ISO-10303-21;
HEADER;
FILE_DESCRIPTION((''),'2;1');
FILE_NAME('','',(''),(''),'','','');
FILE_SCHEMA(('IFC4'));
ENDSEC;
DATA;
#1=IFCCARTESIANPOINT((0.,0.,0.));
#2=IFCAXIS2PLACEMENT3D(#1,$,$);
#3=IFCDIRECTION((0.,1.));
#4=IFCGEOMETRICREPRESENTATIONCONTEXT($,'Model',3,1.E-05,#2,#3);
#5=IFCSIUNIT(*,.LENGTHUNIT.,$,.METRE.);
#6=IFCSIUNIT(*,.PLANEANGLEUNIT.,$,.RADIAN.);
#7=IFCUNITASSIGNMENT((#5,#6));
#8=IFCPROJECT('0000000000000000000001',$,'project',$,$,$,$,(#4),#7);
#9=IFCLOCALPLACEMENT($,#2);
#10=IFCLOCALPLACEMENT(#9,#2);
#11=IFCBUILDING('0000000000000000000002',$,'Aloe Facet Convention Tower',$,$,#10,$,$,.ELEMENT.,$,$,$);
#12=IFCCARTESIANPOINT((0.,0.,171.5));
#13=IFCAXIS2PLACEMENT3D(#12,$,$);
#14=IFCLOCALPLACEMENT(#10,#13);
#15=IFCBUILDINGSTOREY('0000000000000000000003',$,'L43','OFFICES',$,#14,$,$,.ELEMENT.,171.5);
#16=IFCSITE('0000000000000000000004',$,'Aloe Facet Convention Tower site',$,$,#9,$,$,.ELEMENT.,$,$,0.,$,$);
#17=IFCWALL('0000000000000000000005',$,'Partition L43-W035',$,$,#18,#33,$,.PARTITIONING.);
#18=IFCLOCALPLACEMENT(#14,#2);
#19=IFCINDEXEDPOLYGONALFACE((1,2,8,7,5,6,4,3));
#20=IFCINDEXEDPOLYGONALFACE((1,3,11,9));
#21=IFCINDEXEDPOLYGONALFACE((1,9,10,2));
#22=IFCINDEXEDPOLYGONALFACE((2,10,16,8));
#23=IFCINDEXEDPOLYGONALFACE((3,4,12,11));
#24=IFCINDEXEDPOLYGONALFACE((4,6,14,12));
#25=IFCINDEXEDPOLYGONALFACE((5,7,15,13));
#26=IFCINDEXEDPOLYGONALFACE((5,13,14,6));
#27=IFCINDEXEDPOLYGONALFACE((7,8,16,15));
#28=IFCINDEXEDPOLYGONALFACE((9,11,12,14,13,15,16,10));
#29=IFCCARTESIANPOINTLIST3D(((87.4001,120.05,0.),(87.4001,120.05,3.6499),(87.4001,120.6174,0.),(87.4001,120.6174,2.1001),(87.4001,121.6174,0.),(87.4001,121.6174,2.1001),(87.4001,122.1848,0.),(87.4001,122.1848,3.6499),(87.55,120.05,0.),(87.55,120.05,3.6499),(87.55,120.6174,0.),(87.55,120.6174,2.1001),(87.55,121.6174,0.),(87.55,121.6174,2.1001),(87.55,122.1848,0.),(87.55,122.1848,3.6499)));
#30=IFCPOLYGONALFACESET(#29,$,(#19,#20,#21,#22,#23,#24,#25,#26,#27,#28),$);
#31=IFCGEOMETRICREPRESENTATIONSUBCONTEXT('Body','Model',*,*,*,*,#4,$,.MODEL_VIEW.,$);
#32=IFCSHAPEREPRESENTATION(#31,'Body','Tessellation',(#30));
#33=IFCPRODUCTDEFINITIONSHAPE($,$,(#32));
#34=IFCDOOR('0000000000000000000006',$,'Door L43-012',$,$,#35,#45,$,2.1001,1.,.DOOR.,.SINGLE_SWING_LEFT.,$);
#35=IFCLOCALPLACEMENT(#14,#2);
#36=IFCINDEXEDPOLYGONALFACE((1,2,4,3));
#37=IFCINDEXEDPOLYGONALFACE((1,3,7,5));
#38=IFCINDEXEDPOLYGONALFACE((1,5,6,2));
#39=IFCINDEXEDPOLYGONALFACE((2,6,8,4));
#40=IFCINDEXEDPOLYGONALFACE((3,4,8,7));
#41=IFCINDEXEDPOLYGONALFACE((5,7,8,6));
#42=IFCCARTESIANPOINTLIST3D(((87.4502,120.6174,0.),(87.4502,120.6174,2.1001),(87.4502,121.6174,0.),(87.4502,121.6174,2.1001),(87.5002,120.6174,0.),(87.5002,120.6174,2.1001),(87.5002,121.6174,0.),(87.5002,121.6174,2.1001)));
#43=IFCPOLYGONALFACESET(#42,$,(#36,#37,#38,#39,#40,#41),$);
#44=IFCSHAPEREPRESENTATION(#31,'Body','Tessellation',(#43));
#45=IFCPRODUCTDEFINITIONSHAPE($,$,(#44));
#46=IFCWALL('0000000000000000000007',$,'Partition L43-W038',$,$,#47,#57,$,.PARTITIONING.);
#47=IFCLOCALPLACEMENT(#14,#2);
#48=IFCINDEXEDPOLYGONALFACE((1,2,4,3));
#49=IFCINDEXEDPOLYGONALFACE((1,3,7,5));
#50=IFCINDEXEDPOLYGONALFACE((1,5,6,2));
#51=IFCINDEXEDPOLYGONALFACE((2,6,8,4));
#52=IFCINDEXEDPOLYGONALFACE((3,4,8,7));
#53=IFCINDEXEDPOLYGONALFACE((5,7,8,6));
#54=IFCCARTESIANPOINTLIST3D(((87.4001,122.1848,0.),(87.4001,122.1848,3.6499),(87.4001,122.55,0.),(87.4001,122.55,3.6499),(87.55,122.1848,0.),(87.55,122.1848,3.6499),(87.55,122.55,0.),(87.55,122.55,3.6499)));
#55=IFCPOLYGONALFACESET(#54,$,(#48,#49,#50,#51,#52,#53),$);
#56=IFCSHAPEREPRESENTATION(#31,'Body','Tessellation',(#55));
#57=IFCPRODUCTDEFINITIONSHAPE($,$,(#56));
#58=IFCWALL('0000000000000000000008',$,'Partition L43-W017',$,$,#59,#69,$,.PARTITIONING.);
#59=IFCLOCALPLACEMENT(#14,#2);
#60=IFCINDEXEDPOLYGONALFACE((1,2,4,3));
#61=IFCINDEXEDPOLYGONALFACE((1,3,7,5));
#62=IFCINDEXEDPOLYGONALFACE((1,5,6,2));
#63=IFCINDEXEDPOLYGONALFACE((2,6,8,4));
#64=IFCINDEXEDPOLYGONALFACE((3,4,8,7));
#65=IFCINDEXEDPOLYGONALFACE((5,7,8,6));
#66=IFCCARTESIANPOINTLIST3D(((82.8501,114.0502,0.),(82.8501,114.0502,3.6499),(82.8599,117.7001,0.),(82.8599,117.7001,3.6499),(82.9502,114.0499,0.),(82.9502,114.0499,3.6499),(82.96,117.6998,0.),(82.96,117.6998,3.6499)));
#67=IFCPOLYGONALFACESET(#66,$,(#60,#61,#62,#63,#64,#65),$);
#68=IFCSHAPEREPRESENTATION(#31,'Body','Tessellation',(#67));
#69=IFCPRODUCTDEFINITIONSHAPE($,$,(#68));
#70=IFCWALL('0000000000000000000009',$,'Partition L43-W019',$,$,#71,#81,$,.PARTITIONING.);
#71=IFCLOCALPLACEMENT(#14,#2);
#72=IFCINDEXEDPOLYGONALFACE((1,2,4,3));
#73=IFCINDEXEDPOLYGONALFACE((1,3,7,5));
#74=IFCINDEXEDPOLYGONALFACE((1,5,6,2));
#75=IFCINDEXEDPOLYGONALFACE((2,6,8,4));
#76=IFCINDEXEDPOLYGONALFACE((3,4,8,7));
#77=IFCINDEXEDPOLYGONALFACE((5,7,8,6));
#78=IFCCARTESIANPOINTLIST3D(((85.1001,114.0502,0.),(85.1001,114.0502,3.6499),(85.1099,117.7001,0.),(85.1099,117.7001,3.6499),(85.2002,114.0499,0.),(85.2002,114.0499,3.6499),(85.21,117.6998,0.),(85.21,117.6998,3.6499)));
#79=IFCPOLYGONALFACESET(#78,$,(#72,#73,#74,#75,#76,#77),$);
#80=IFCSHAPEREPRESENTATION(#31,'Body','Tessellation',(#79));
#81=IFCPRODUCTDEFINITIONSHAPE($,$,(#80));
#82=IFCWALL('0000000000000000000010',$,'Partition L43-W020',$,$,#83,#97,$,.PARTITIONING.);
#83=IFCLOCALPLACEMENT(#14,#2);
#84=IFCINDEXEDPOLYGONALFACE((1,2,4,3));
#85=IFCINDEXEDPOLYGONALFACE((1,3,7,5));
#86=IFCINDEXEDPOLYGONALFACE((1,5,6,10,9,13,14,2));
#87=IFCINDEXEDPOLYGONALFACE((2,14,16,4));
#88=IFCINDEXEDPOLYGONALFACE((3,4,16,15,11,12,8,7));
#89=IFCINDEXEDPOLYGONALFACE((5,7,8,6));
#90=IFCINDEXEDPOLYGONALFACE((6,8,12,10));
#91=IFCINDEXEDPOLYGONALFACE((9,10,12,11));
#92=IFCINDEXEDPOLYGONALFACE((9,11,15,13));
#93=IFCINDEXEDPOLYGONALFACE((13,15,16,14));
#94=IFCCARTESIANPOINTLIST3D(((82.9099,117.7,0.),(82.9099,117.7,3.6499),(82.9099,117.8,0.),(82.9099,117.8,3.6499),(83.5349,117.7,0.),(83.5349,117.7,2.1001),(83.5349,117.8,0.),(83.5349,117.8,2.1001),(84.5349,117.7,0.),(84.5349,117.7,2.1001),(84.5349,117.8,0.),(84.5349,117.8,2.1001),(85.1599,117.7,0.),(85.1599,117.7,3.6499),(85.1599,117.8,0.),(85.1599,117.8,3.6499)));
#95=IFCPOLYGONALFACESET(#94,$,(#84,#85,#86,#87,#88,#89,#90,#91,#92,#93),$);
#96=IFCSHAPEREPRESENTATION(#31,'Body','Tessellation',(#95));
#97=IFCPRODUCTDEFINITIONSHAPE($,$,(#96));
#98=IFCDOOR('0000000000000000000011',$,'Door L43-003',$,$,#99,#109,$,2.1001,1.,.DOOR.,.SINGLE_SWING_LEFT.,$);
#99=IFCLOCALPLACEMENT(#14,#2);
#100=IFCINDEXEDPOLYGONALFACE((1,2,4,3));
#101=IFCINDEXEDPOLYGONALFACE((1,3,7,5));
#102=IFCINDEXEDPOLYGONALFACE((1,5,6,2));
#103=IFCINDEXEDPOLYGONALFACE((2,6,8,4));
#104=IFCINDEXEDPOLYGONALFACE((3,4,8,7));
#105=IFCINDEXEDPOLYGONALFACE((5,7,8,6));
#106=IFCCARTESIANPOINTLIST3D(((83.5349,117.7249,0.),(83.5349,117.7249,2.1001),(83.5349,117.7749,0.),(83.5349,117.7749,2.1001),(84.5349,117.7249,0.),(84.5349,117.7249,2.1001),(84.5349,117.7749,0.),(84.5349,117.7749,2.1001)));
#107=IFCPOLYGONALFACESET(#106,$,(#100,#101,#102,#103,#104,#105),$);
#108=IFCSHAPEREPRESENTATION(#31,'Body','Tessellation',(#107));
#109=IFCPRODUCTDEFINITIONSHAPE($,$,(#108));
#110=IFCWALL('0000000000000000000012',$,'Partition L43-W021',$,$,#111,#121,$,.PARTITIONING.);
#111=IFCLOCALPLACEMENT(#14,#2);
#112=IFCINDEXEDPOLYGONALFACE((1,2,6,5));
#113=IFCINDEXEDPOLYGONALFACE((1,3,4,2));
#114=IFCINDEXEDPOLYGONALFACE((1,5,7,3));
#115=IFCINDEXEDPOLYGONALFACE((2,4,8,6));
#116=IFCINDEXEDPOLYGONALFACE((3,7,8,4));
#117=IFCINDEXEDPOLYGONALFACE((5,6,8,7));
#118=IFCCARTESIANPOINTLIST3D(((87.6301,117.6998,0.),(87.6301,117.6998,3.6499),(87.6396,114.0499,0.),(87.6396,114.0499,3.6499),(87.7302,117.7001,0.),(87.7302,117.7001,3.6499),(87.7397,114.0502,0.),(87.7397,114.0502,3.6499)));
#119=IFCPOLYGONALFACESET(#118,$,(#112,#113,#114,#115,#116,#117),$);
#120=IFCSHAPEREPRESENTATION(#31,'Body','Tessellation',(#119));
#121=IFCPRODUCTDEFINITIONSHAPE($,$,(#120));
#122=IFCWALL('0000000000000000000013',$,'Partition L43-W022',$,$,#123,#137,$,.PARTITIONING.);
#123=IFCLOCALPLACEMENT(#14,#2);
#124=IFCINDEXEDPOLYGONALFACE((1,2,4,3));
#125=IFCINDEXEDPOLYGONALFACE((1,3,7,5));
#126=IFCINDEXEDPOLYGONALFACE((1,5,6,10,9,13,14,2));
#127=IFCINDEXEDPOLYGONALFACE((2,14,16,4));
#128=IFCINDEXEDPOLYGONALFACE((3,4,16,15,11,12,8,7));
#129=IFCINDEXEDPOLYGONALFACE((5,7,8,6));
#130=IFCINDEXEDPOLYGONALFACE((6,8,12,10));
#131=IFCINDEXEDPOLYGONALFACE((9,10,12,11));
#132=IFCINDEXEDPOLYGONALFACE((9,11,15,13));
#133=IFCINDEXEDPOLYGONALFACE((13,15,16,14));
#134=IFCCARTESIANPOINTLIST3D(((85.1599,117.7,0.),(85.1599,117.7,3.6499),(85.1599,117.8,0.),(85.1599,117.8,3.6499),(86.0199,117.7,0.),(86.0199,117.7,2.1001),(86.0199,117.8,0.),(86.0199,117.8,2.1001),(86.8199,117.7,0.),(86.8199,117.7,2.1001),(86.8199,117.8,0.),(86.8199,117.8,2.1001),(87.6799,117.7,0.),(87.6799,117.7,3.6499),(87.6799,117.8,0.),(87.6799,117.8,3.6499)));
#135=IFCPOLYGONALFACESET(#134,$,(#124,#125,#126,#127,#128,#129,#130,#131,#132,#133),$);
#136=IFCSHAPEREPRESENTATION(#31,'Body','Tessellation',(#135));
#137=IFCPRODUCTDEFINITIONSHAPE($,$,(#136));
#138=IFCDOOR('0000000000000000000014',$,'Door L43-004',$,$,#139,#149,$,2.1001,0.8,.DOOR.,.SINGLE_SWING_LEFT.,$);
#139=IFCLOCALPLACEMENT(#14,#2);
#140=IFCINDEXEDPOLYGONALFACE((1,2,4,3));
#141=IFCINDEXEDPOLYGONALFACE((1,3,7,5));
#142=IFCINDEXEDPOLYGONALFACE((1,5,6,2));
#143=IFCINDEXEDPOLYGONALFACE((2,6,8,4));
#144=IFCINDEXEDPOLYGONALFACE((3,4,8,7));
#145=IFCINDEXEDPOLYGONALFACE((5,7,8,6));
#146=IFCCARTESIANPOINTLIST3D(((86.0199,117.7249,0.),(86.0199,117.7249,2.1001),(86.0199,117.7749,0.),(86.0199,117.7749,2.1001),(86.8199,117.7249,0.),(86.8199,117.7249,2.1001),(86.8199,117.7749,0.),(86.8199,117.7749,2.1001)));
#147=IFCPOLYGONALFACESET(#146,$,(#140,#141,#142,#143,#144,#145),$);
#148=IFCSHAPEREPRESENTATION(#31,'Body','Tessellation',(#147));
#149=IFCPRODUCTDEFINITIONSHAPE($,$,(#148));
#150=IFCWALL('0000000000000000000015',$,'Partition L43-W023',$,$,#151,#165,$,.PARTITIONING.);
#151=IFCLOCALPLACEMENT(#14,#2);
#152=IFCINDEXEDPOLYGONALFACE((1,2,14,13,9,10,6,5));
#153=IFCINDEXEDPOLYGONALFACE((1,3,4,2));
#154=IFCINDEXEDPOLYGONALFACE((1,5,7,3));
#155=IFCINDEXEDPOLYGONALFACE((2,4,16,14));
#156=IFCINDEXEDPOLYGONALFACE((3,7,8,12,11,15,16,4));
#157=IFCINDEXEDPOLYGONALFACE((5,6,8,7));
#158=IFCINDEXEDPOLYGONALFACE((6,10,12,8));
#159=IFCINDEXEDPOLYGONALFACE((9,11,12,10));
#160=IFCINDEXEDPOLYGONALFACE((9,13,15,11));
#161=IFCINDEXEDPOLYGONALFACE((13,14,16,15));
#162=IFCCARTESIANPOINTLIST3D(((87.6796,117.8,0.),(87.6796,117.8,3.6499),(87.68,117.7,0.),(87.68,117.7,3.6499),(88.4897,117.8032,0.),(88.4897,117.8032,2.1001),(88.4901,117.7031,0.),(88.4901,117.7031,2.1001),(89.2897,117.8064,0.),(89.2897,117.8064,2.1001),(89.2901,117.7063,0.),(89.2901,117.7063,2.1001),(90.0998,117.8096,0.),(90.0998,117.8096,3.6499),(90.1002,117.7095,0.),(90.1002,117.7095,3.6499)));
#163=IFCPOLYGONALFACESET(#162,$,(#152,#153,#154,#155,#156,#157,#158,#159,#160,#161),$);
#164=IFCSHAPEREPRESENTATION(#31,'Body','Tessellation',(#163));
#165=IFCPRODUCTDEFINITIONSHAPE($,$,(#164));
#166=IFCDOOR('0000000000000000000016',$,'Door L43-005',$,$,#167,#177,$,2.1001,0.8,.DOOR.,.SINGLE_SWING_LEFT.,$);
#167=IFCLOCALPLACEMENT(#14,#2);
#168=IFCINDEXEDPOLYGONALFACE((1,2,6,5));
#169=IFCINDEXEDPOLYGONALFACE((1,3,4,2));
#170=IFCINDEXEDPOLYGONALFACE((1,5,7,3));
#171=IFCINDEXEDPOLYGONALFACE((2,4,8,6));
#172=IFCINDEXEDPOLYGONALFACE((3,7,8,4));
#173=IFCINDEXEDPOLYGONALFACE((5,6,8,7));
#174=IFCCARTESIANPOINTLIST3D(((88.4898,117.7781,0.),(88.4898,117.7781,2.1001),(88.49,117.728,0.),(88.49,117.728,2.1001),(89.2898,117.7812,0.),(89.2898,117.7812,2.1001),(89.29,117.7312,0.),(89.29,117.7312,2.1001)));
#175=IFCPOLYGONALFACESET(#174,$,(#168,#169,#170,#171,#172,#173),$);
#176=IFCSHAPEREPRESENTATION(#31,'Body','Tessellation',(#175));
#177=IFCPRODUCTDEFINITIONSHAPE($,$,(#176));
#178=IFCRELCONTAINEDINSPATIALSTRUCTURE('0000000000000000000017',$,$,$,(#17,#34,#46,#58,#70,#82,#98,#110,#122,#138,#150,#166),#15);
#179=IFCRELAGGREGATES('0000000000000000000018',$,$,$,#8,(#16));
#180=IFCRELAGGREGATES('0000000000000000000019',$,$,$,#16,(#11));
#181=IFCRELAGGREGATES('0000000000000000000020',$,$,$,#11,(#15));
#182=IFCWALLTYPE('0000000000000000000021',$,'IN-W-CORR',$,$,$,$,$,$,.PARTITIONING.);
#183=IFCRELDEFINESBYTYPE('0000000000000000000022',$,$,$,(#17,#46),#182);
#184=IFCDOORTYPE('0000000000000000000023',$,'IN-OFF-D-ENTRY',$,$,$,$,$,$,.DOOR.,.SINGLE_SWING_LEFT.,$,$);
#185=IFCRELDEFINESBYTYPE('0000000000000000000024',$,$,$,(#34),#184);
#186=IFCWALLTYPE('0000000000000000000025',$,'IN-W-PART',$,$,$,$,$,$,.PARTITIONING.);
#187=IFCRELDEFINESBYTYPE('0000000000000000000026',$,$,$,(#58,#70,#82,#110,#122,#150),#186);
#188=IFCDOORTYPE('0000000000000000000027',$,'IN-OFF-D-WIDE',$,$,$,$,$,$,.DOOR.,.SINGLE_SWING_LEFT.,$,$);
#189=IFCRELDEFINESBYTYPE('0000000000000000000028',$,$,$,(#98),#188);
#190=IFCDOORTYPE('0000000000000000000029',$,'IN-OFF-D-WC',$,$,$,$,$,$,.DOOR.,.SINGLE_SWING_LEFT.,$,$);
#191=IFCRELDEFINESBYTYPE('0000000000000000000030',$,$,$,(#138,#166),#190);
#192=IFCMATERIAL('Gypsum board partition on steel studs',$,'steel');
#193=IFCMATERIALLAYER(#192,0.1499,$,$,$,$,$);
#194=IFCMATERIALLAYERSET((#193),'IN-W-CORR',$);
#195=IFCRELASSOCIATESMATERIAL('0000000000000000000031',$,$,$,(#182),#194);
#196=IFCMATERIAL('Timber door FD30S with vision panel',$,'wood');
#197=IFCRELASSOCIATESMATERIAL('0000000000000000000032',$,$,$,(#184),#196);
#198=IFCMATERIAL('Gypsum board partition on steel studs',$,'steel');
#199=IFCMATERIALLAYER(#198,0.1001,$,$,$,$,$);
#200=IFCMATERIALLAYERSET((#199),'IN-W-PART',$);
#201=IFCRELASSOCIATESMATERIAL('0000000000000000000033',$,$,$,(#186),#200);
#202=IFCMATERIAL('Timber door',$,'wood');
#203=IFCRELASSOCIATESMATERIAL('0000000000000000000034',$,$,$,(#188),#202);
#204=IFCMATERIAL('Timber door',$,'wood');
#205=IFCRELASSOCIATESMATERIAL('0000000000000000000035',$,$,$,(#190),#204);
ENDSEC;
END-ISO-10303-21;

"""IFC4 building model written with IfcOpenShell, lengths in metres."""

from ifc_helpers import new_model, si_unit, direction, frame, frame_2d, origin, place, context, subcontext, project, spatial, rectangle, extrude, material, layer, layer_set, type_object, element, fill, save


model = new_model("IFC4")

# Units and contexts
model_context = context("Model", 3, precision=1e-05, world=origin(), true_north=direction((0.0, 1.0)))
body_context = subcontext(model_context, "Body", "Model", "MODEL_VIEW")
ifc_project = project(units=[si_unit("LENGTHUNIT", "METRE"), si_unit("PLANEANGLEUNIT", "RADIAN")], contexts=[model_context])

# Site, building, storey
site_placement = place(None, origin())
site = spatial("IfcSite", under=ifc_project, at=site_placement, Name="Aloe Facet Convention Tower site", CompositionType="ELEMENT", RefElevation=0.0)
building_placement = place(site_placement, origin())
building = spatial("IfcBuilding", under=site, at=building_placement, Name="Aloe Facet Convention Tower", CompositionType="ELEMENT")
storey_placement = place(building_placement, frame((0.0, 0.0, 171.5)))
storey = spatial("IfcBuildingStorey", under=building, at=storey_placement, Name="L43", Description="OFFICES", CompositionType="ELEMENT", Elevation=171.5)

# Wall, opening, door
ifc_material_1 = material(Name="Gypsum board partition on steel studs", Category="steel")
ifc_layer_1 = layer(ifc_material_1, 0.1499)
ifc_layer_set_1 = layer_set([ifc_layer_1], Name="IN-W-CORR")
wall_type_1 = type_object("IfcWallType", Name="IN-W-CORR", PredefinedType="PARTITIONING", material=ifc_layer_set_1)
ifc_material_2 = material(Name="Timber door FD30S with vision panel", Category="wood")
door_type_1 = type_object("IfcDoorType", Name="IN-OFF-D-ENTRY", OperationType="SINGLE_SWING_LEFT", PredefinedType="DOOR", material=ifc_material_2)
wall_1_placement = place(storey_placement, frame((87.4751, 120.05, 0.0), z_axis=(0.0, 0.0, 1.0), x_axis=(0.0, 1.0, 0.0)))
wall_1 = element("IfcWall", 1, at=wall_1_placement, inside=storey, type_object=wall_type_1, Name="Partition L43-W035", PredefinedType="PARTITIONING", context=body_context, shape_type="SweptSolid", body=[
    extrude(rectangle(XDim=2.1348, YDim=0.1499, at=frame_2d((1.0674, 0.0))), origin(), (0.0, 0.0, 1.0), 3.6499),
])
opening_1_placement = place(wall_1_placement, frame((0.5674, 0.0, 0.0)))
opening_1 = element("IfcOpeningElement", 2, at=opening_1_placement, cuts=wall_1, PredefinedType="OPENING", context=body_context, shape_type="SweptSolid", body=[
    extrude(rectangle(XDim=1.0, YDim=2.1001, at=frame_2d((0.5, 1.05))), frame((0.0, 0.085, 0.0), z_axis=(0.0, -1.0, 0.0), x_axis=(1.0, 0.0, 0.0)), (0.0, 0.0, 1.0), 0.1699),
])
door_1_placement = place(opening_1_placement, origin())
door_1 = element("IfcDoor", 3, at=door_1_placement, inside=storey, type_object=door_type_1, Name="Door L43-012", OperationType="SINGLE_SWING_LEFT", OverallHeight=2.1001, OverallWidth=1.0, PredefinedType="DOOR", context=body_context, shape_type="SweptSolid", body=[
    extrude(rectangle(XDim=1.0, YDim=2.1001, at=frame_2d((0.5, 1.05))), frame((0.0, 0.0249, 0.0), z_axis=(0.0, -1.0, 0.0), x_axis=(1.0, 0.0, 0.0)), (0.0, 0.0, 1.0), 0.05),
])
fill(opening_1, door_1)

# Walls
wall_2_placement = place(storey_placement, frame((87.4751, 122.1848, 0.0), z_axis=(0.0, 0.0, 1.0), x_axis=(0.0, 1.0, 0.0)))
element("IfcWall", 4, at=wall_2_placement, inside=storey, type_object=wall_type_1, Name="Partition L43-W038", PredefinedType="PARTITIONING", context=body_context, shape_type="SweptSolid", body=[
    extrude(rectangle(XDim=0.3652, YDim=0.1499, at=frame_2d((0.1826, 0.0))), origin(), (0.0, 0.0, 1.0), 3.6499),
])
ifc_material_3 = material(Name="Gypsum board partition on steel studs", Category="steel")
ifc_layer_2 = layer(ifc_material_3, 0.1001)
ifc_layer_set_2 = layer_set([ifc_layer_2], Name="IN-W-PART")
wall_type_2 = type_object("IfcWallType", Name="IN-W-PART", PredefinedType="PARTITIONING", material=ifc_layer_set_2)
for number, where, z_axis, x_axis, name in (
    (5, (82.9001, 114.05, 0.0), (0.0, 0.0, 1.0), (0.002676, 0.999996, 0.0), "Partition L43-W017"),
    (6, (85.1501, 114.05, 0.0), (0.0, 0.0, 1.0), (0.002676, 0.999996, 0.0), "Partition L43-W019"),
):
    element("IfcWall", number, at=place(storey_placement, frame(where, z_axis=z_axis, x_axis=x_axis)), inside=storey, type_object=wall_type_2, Name=name, PredefinedType="PARTITIONING", context=body_context, shape_type="SweptSolid", body=[
        extrude(rectangle(XDim=3.6499, YDim=0.1001, at=frame_2d((1.825, 0.0))), origin(), (0.0, 0.0, 1.0), 3.6499),
    ])

# Wall, opening, door
wall_3_placement = place(storey_placement, frame((82.9099, 117.75, 0.0), z_axis=(0.0, 0.0, 1.0), x_axis=(1.0, 0.0, 0.0)))
wall_3 = element("IfcWall", 7, at=wall_3_placement, inside=storey, type_object=wall_type_2, Name="Partition L43-W020", PredefinedType="PARTITIONING", context=body_context, shape_type="SweptSolid", body=[
    extrude(rectangle(XDim=2.25, YDim=0.1001, at=frame_2d((1.125, 0.0))), origin(), (0.0, 0.0, 1.0), 3.6499),
])
opening_2_placement = place(wall_3_placement, frame((0.625, 0.0, 0.0)))
opening_2 = element("IfcOpeningElement", 8, at=opening_2_placement, cuts=wall_3, PredefinedType="OPENING", context=body_context, shape_type="SweptSolid", body=[
    extrude(rectangle(XDim=1.0, YDim=2.1001, at=frame_2d((0.5, 1.05))), frame((0.0, 0.0601, 0.0), z_axis=(0.0, -1.0, 0.0), x_axis=(1.0, 0.0, 0.0)), (0.0, 0.0, 1.0), 0.1201),
])
ifc_material_4 = material(Name="Timber door", Category="wood")
door_type_2 = type_object("IfcDoorType", Name="IN-OFF-D-WIDE", OperationType="SINGLE_SWING_LEFT", PredefinedType="DOOR", material=ifc_material_4)
door_2_placement = place(opening_2_placement, origin())
door_2 = element("IfcDoor", 9, at=door_2_placement, inside=storey, type_object=door_type_2, Name="Door L43-003", OperationType="SINGLE_SWING_LEFT", OverallHeight=2.1001, OverallWidth=1.0, PredefinedType="DOOR", context=body_context, shape_type="SweptSolid", body=[
    extrude(rectangle(XDim=1.0, YDim=2.1001, at=frame_2d((0.5, 1.05))), frame((0.0, 0.0249, 0.0), z_axis=(0.0, -1.0, 0.0), x_axis=(1.0, 0.0, 0.0)), (0.0, 0.0, 1.0), 0.05),
])
fill(opening_2, door_2)

# Wall
wall_4_placement = place(storey_placement, frame((87.6897, 114.05, 0.0), z_axis=(0.0, 0.0, 1.0), x_axis=(-0.002609, 0.999997, 0.0)))
element("IfcWall", 10, at=wall_4_placement, inside=storey, type_object=wall_type_2, Name="Partition L43-W021", PredefinedType="PARTITIONING", context=body_context, shape_type="SweptSolid", body=[
    extrude(rectangle(XDim=3.6499, YDim=0.1001, at=frame_2d((1.825, 0.0))), origin(), (0.0, 0.0, 1.0), 3.6499),
])

# Walls, openings, doors
wall_5_placement = place(storey_placement, frame((85.1599, 117.75, 0.0), z_axis=(0.0, 0.0, 1.0), x_axis=(1.0, 0.0, 0.0)))
wall_5 = element("IfcWall", 11, at=wall_5_placement, inside=storey, type_object=wall_type_2, Name="Partition L43-W022", PredefinedType="PARTITIONING", context=body_context, shape_type="SweptSolid", body=[
    extrude(rectangle(XDim=2.52, YDim=0.1001, at=frame_2d((1.26, 0.0))), origin(), (0.0, 0.0, 1.0), 3.6499),
])
opening_3_placement = place(wall_5_placement, frame((0.8601, 0.0, 0.0)))
opening_3 = element("IfcOpeningElement", 12, at=opening_3_placement, cuts=wall_5, PredefinedType="OPENING", context=body_context, shape_type="SweptSolid", body=[
    extrude(rectangle(XDim=0.8, YDim=2.1001, at=frame_2d((0.3999, 1.05))), frame((0.0, 0.0601, 0.0), z_axis=(0.0, -1.0, 0.0), x_axis=(1.0, 0.0, 0.0)), (0.0, 0.0, 1.0), 0.1201),
])
ifc_material_5 = material(Name="Timber door", Category="wood")
door_type_3 = type_object("IfcDoorType", Name="IN-OFF-D-WC", OperationType="SINGLE_SWING_LEFT", PredefinedType="DOOR", material=ifc_material_5)
door_3_placement = place(opening_3_placement, origin())
door_3 = element("IfcDoor", 13, at=door_3_placement, inside=storey, type_object=door_type_3, Name="Door L43-004", OperationType="SINGLE_SWING_LEFT", OverallHeight=2.1001, OverallWidth=0.8, PredefinedType="DOOR", context=body_context, shape_type="SweptSolid", body=[
    extrude(rectangle(XDim=0.8, YDim=2.1001, at=frame_2d((0.3999, 1.05))), frame((0.0, 0.0249, 0.0), z_axis=(0.0, -1.0, 0.0), x_axis=(1.0, 0.0, 0.0)), (0.0, 0.0, 1.0), 0.05),
])
fill(opening_3, door_3)
wall_6_placement = place(storey_placement, frame((87.6799, 117.75, 0.0), z_axis=(0.0, 0.0, 1.0), x_axis=(0.999992, 0.003934, 0.0)))
wall_6 = element("IfcWall", 14, at=wall_6_placement, inside=storey, type_object=wall_type_2, Name="Partition L43-W023", PredefinedType="PARTITIONING", context=body_context, shape_type="SweptSolid", body=[
    extrude(rectangle(XDim=2.4202, YDim=0.1001, at=frame_2d((1.21, 0.0))), origin(), (0.0, 0.0, 1.0), 3.6499),
])
opening_4_placement = place(wall_6_placement, frame((0.8101, 0.0, 0.0)))
opening_4 = element("IfcOpeningElement", 15, at=opening_4_placement, cuts=wall_6, PredefinedType="OPENING", context=body_context, shape_type="SweptSolid", body=[
    extrude(rectangle(XDim=0.8, YDim=2.1001, at=frame_2d((0.3999, 1.05))), frame((0.0, 0.0601, 0.0), z_axis=(0.0, -1.0, 0.0), x_axis=(1.0, 0.0, 0.0)), (0.0, 0.0, 1.0), 0.1201),
])
door_4_placement = place(opening_4_placement, origin())
door_4 = element("IfcDoor", 16, at=door_4_placement, inside=storey, type_object=door_type_3, Name="Door L43-005", OperationType="SINGLE_SWING_LEFT", OverallHeight=2.1001, OverallWidth=0.8, PredefinedType="DOOR", context=body_context, shape_type="SweptSolid", body=[
    extrude(rectangle(XDim=0.8, YDim=2.1001, at=frame_2d((0.3999, 1.05))), frame((0.0, 0.0249, 0.0), z_axis=(0.0, -1.0, 0.0), x_axis=(1.0, 0.0, 0.0)), (0.0, 0.0, 1.0), 0.05),
])
fill(opening_4, door_4)

save(model, "model.ifc")
